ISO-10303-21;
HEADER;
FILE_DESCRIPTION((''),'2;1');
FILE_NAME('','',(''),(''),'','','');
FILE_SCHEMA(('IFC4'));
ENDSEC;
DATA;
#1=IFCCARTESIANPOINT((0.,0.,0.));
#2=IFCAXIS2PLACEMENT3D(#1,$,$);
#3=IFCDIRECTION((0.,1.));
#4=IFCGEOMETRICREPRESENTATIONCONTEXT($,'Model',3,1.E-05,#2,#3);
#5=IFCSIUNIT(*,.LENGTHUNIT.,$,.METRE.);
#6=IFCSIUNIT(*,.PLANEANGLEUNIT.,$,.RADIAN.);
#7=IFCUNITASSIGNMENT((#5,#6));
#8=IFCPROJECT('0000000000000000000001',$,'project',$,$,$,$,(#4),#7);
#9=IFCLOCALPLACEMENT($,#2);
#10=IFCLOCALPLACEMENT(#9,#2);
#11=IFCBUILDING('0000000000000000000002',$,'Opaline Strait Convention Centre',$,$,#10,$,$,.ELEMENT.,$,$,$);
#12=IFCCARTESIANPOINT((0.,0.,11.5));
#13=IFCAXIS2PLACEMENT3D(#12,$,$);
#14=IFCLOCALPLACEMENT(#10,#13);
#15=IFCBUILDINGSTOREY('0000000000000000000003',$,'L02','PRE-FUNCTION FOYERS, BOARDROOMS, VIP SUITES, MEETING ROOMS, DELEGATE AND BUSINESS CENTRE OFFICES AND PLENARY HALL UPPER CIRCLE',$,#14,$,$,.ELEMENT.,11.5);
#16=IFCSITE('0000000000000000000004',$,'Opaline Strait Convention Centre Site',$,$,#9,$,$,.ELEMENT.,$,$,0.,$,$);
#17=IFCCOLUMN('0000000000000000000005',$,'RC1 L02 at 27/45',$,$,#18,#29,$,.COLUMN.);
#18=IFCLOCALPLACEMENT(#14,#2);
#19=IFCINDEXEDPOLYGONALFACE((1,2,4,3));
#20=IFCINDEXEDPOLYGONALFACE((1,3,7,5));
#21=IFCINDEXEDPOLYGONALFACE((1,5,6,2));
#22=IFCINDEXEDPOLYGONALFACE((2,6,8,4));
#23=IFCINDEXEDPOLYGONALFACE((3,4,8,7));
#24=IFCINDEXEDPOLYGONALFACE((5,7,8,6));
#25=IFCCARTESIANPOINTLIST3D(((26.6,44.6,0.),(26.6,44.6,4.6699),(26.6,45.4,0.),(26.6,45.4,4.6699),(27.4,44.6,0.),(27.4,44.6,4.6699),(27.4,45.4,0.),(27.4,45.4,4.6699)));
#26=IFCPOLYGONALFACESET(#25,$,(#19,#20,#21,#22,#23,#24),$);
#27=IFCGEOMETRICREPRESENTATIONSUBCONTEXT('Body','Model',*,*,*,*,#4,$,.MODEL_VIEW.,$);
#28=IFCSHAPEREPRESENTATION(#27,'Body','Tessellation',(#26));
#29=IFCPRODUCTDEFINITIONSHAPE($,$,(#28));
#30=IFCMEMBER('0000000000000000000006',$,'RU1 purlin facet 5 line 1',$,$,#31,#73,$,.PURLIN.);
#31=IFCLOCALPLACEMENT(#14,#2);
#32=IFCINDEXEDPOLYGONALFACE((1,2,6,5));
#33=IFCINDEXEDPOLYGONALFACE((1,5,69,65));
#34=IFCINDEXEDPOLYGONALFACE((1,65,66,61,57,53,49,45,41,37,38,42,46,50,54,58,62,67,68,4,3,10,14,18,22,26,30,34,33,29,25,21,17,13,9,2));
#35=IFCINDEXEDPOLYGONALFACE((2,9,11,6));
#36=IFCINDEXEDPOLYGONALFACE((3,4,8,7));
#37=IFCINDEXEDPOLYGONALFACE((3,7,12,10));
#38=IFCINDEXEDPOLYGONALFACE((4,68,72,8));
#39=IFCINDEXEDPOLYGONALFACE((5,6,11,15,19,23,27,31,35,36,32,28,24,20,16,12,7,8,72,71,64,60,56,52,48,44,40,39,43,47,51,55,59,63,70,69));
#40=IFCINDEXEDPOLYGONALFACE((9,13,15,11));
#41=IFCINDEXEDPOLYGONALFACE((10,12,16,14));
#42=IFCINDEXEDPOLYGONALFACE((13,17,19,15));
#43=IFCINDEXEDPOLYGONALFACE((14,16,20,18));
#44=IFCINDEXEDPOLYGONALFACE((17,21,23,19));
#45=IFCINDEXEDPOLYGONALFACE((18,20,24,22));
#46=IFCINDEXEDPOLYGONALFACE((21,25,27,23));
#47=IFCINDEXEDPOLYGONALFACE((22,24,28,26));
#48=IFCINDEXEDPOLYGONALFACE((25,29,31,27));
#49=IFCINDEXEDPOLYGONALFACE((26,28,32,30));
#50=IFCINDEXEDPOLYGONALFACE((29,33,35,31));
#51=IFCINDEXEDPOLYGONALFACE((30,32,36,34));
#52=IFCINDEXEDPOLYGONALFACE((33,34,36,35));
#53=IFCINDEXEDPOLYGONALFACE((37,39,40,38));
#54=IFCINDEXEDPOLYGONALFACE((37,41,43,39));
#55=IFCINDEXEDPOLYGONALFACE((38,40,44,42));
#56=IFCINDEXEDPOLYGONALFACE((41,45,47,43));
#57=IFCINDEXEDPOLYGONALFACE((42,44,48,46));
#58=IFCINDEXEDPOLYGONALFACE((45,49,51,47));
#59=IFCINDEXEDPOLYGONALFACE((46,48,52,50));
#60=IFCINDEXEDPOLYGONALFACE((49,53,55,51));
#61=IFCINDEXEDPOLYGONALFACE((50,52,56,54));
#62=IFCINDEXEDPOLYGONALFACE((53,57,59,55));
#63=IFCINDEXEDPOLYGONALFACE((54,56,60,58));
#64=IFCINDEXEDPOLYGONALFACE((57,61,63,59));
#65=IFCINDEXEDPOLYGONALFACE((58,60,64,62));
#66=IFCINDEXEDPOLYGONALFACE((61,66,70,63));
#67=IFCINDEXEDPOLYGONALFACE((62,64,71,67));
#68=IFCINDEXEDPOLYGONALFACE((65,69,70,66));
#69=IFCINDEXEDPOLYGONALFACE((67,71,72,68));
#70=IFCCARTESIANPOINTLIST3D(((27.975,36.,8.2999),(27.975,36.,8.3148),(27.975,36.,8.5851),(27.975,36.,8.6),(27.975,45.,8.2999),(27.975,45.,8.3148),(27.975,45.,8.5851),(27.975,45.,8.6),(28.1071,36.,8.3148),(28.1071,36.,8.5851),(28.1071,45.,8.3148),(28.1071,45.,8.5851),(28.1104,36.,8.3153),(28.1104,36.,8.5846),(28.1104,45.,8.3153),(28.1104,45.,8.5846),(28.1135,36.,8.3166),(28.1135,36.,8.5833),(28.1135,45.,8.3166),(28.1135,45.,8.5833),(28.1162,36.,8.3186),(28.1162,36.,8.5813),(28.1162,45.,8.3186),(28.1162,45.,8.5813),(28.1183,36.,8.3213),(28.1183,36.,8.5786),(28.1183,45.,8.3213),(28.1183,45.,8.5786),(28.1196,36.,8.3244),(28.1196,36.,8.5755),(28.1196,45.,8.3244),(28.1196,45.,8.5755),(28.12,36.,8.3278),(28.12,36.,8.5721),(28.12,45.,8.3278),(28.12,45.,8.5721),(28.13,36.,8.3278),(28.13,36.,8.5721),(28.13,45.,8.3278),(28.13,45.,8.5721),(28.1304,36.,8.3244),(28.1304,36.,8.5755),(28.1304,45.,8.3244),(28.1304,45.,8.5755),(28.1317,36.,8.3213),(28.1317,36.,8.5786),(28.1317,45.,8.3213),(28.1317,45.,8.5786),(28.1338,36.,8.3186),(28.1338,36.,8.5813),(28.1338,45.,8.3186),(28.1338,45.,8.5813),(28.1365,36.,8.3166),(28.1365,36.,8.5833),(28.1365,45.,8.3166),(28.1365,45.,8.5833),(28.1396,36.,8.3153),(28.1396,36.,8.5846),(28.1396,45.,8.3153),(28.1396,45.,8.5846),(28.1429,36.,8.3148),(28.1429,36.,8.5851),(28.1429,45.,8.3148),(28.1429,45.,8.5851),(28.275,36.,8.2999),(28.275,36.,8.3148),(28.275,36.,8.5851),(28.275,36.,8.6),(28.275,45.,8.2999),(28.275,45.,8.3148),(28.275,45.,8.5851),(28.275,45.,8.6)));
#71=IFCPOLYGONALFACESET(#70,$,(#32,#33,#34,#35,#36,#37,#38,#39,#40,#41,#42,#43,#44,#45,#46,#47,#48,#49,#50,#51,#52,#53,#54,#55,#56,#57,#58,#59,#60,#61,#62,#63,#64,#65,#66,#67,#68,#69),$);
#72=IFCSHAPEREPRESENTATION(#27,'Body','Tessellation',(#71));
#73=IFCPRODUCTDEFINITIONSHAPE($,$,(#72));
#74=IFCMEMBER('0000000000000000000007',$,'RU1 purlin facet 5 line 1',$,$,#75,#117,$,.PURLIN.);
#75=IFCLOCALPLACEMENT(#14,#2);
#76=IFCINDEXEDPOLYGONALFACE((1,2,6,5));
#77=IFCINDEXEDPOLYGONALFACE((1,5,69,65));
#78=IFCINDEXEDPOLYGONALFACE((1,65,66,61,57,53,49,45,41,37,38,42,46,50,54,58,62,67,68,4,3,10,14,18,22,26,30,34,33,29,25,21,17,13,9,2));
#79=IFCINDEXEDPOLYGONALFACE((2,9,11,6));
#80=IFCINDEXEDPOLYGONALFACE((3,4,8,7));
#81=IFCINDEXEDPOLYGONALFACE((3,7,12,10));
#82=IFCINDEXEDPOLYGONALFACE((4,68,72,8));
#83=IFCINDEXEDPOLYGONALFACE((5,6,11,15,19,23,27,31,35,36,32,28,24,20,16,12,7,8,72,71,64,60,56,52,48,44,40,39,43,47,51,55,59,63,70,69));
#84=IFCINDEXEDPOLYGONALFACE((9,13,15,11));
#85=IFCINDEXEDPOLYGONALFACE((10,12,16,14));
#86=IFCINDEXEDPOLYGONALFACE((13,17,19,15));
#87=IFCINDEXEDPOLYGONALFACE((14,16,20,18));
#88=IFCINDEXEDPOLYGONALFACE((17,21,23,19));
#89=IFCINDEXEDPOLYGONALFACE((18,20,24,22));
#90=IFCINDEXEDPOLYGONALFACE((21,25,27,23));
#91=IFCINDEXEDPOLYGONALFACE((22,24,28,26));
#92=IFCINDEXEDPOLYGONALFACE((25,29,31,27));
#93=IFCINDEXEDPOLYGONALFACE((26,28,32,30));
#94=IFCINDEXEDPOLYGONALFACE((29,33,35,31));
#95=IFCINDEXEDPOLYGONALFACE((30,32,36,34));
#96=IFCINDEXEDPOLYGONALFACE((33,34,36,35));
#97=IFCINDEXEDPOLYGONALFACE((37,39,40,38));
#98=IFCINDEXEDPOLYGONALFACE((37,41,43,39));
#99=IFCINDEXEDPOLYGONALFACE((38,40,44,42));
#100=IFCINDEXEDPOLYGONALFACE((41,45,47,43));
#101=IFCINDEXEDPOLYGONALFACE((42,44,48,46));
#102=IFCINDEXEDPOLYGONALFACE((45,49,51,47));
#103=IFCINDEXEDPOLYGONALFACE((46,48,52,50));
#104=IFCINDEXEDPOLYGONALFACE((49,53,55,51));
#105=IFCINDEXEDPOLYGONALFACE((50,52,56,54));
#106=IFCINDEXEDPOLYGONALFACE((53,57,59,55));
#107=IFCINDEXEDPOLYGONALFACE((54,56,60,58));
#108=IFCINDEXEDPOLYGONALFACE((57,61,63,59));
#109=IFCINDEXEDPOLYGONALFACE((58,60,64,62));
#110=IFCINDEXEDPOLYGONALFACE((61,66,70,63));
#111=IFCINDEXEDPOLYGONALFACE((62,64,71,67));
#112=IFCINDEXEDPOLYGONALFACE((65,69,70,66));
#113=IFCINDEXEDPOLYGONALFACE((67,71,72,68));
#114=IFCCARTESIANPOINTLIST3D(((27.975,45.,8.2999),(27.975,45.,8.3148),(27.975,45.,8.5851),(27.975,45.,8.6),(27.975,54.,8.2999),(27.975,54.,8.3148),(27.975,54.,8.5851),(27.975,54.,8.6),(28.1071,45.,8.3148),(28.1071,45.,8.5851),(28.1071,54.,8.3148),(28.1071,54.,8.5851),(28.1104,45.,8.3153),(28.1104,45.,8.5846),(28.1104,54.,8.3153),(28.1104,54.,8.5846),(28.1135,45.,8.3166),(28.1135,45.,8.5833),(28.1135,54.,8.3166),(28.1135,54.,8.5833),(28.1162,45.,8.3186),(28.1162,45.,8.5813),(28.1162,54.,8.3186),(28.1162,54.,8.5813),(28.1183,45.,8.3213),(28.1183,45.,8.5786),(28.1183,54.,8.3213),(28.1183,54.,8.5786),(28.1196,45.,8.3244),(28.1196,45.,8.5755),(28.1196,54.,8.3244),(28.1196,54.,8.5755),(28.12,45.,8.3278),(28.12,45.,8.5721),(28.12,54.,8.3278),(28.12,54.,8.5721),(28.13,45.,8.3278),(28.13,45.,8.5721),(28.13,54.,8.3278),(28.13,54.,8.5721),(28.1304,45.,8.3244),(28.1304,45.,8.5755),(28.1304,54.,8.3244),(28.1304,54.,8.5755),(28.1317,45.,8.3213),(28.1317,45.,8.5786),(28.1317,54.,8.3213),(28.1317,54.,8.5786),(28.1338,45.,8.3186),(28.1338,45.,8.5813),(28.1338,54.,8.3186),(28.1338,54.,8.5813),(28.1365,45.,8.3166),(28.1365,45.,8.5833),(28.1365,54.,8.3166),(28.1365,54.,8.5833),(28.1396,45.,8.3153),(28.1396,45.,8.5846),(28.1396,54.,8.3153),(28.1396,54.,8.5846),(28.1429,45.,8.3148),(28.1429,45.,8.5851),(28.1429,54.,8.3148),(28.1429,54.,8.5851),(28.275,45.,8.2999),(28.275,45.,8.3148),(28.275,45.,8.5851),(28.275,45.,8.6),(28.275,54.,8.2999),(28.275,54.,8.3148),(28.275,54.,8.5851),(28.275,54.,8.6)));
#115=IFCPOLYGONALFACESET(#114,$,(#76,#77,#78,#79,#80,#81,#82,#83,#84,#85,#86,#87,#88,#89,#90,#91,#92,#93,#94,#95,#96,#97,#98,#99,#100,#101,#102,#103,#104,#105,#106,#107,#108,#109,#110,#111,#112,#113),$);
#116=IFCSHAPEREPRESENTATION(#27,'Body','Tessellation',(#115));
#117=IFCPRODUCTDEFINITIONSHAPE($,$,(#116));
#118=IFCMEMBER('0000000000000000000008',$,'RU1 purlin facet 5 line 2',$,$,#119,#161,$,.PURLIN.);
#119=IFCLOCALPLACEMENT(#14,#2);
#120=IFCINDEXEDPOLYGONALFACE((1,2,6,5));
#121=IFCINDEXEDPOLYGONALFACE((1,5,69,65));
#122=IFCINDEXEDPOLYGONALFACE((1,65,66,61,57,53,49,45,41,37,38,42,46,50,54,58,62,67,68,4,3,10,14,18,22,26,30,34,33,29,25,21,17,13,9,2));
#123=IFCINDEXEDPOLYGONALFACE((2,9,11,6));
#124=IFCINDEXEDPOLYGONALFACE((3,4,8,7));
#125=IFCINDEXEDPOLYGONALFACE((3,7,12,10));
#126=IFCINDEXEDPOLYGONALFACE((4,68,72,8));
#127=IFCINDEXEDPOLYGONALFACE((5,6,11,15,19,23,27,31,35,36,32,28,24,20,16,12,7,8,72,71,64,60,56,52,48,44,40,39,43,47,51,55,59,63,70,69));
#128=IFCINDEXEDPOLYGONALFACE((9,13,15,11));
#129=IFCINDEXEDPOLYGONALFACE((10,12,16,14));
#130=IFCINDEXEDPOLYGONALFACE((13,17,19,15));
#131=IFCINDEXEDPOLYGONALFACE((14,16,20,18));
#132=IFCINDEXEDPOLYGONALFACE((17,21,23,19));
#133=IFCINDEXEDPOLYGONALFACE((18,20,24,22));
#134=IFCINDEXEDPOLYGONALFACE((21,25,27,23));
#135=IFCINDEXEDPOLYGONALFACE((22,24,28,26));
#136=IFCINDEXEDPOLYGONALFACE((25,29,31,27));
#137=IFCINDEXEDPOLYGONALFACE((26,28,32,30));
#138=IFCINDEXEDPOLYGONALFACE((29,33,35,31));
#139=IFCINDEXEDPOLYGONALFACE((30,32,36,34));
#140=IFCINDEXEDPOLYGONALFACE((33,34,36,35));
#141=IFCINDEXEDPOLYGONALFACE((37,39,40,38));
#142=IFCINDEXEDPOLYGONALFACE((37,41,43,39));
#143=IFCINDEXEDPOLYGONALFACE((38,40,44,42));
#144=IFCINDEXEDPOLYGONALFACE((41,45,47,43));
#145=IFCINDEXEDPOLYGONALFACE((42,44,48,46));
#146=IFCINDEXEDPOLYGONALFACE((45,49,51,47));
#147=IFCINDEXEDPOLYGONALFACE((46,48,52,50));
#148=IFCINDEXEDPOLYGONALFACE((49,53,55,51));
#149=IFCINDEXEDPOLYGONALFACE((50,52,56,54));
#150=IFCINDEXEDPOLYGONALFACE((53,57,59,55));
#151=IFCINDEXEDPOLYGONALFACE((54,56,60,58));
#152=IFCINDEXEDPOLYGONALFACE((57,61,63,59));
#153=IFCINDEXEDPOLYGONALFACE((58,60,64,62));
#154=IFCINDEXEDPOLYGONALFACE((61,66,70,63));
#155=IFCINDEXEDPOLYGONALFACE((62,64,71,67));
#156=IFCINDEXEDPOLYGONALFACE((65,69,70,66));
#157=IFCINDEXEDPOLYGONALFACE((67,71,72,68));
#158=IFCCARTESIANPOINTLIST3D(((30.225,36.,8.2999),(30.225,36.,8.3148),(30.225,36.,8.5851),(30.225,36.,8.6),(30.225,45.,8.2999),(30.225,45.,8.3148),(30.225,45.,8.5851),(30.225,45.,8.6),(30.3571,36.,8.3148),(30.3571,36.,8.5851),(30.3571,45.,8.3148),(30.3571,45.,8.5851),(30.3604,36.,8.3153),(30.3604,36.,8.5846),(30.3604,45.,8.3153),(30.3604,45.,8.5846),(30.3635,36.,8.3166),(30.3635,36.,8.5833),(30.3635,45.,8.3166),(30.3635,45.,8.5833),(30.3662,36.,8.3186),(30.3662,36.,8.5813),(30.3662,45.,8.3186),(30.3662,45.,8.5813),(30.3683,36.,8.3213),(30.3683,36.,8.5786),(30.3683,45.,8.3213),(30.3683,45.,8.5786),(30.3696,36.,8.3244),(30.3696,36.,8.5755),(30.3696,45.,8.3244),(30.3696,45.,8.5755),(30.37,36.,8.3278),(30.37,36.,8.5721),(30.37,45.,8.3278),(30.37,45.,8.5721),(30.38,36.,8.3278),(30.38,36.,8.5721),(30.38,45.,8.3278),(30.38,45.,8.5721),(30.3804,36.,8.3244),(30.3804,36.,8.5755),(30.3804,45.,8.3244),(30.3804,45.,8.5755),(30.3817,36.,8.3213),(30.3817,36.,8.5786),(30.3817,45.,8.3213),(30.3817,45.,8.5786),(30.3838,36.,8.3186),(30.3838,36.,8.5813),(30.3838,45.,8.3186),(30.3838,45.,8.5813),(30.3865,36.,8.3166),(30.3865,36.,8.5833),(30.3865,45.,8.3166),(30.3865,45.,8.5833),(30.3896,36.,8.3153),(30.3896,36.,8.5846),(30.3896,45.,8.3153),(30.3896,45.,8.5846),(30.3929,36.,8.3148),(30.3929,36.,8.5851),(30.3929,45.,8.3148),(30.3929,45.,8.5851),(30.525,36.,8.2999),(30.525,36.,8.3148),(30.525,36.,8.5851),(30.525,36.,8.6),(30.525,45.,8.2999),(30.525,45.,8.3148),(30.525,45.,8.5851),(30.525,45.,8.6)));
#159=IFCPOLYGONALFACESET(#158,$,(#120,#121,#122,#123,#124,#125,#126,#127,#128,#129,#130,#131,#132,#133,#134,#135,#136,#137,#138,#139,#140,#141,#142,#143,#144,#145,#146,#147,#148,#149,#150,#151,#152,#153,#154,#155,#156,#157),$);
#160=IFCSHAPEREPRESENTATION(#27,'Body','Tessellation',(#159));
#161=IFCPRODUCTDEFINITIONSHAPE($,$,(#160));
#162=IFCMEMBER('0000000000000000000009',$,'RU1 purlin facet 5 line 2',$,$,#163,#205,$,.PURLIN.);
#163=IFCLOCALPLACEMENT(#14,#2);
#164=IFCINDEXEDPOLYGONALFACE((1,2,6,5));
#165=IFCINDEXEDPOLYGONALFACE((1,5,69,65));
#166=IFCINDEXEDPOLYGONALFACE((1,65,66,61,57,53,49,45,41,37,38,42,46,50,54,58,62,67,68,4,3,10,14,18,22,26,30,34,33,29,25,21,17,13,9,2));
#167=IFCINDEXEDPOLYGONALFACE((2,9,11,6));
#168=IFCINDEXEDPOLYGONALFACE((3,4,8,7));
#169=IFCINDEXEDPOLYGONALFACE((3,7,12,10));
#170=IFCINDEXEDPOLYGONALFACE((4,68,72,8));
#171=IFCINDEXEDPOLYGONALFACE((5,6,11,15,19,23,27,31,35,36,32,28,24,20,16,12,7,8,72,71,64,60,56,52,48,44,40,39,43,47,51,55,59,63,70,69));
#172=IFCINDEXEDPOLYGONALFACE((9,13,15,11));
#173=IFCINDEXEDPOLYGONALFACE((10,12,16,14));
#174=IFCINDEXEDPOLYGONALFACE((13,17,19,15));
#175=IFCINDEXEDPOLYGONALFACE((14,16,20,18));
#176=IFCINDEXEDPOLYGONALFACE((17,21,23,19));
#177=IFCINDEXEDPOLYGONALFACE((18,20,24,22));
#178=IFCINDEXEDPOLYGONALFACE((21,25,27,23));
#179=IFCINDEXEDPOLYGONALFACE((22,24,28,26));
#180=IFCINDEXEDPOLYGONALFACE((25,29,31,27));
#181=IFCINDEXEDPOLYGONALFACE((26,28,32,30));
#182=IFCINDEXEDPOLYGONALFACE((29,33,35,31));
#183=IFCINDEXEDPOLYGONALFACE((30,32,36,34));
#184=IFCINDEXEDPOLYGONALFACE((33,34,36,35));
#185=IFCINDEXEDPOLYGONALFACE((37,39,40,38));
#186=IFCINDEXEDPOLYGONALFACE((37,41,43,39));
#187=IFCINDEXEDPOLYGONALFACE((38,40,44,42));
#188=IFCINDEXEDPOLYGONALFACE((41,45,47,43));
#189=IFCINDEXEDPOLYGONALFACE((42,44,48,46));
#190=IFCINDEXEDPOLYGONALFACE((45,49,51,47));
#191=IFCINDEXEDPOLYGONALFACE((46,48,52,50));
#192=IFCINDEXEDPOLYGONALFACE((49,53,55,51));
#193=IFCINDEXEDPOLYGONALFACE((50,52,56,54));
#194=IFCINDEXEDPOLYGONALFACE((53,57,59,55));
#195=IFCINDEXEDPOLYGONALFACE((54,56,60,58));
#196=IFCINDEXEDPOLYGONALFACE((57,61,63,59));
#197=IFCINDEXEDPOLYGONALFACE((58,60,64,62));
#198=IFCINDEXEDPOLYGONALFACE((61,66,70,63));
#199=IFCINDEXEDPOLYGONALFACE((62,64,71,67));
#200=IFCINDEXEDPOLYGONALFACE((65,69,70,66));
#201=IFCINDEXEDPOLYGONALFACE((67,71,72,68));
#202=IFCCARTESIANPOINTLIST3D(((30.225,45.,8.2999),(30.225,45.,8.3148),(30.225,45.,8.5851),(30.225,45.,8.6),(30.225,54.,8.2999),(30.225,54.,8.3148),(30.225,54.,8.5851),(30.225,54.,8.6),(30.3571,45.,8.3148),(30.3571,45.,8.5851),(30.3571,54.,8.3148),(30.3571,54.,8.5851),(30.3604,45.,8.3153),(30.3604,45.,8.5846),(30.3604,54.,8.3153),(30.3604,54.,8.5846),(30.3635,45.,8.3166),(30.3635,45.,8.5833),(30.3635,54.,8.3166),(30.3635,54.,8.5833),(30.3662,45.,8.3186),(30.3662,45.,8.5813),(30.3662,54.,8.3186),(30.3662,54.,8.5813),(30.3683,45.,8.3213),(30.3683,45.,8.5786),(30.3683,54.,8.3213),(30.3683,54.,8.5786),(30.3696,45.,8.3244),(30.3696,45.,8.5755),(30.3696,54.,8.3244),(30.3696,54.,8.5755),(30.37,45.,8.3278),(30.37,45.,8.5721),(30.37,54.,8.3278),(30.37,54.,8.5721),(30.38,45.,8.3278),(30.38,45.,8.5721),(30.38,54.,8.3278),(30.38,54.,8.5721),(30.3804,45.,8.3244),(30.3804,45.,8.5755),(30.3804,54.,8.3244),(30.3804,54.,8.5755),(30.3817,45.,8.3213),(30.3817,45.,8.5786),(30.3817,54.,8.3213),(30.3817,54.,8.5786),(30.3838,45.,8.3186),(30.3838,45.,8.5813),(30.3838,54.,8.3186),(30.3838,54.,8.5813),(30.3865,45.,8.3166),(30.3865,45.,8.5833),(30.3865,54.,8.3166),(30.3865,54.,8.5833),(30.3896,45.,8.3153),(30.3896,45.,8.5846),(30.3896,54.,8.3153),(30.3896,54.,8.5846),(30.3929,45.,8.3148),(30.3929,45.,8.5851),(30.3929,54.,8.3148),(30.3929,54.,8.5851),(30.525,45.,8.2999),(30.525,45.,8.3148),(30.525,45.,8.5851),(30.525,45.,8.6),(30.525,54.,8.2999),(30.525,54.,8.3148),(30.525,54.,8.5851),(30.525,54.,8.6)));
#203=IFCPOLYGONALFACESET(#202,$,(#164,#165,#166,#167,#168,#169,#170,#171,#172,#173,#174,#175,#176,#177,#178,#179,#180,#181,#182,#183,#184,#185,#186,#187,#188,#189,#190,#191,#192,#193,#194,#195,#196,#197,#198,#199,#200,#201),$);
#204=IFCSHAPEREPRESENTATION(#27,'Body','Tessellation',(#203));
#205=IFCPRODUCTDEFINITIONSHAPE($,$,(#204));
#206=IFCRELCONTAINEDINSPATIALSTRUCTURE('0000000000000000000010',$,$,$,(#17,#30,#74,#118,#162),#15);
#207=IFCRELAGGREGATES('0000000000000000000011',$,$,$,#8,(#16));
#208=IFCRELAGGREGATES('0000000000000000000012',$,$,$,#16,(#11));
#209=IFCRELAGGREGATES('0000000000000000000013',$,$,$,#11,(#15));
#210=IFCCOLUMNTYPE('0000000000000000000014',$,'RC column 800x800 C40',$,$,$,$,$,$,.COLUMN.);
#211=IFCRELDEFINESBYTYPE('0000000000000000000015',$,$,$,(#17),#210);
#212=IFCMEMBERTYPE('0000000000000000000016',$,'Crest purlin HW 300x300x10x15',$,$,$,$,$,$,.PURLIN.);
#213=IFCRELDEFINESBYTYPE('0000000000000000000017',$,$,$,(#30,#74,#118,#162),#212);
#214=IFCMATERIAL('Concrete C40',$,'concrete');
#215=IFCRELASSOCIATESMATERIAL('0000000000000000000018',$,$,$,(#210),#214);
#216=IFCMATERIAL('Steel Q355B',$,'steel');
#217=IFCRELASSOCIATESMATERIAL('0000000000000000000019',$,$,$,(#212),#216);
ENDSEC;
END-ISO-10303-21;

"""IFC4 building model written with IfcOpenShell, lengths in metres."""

from ifc_helpers import new_model, si_unit, direction, frame, origin, origin_2d, place, context, subcontext, project, spatial, rectangle, i_section, extrude, material, material_profile, profile_set, type_object, element, save


model = new_model("IFC4")

# Units and contexts
model_context = context("Model", 3, precision=1e-05, world=origin(), true_north=direction((0.0, 1.0)))
body_context = subcontext(model_context, "Body", "Model", "MODEL_VIEW")
ifc_project = project(units=[si_unit("LENGTHUNIT", "METRE"), si_unit("PLANEANGLEUNIT", "RADIAN")], contexts=[model_context])

# Site, building, storey
site_placement = place(None, origin())
site = spatial("IfcSite", under=ifc_project, at=site_placement, Name="Opaline Strait Convention Centre Site", CompositionType="ELEMENT", RefElevation=0.0)
building_placement = place(site_placement, origin())
building = spatial("IfcBuilding", under=site, at=building_placement, Name="Opaline Strait Convention Centre", CompositionType="ELEMENT")
storey_placement = place(building_placement, frame((0.0, 0.0, 11.5)))
storey = spatial("IfcBuildingStorey", under=building, at=storey_placement, Name="L02", Description="PRE-FUNCTION FOYERS, BOARDROOMS, VIP SUITES, MEETING ROOMS, DELEGATE AND BUSINESS CENTRE OFFICES AND PLENARY HALL UPPER CIRCLE", CompositionType="ELEMENT", Elevation=11.5)

# Column
ifc_material_1 = material(Name="Concrete C40", Category="concrete")
ifc_material_profile_1 = material_profile(ifc_material_1, rectangle(XDim=0.8, YDim=0.8, at=origin_2d()), Name="RC 800x800")
ifc_profile_set_1 = profile_set([ifc_material_profile_1], Name="Concrete C40")
column_type = type_object("IfcColumnType", Name="RC column 800x800 C40", PredefinedType="COLUMN", material=ifc_profile_set_1)
column_placement = place(storey_placement, frame((27.0, 45.0, 0.0), z_axis=(0.0, 0.0, 1.0), x_axis=(1.0, 0.0, 0.0)))
element("IfcColumn", 1, at=column_placement, inside=storey, type_object=column_type, Name="RC1 L02 at 27/45", PredefinedType="COLUMN", context=body_context, shape_type="SweptSolid", body=[
    extrude(rectangle(XDim=0.8, YDim=0.8, at=origin_2d()), origin(), (0.0, 0.0, 1.0), 4.6699),
])

# Members
ifc_material_2 = material(Name="Steel Q355B", Category="steel")
ifc_material_profile_2 = material_profile(ifc_material_2, i_section(OverallWidth=0.3, OverallDepth=0.3, WebThickness=0.01, FlangeThickness=0.0149, FilletRadius=0.0129, at=origin_2d()), Name="HW 300x300x10x15")
ifc_profile_set_2 = profile_set([ifc_material_profile_2], Name="Steel Q355B")
member_type_1 = type_object("IfcMemberType", Name="Crest purlin HW 300x300x10x15", PredefinedType="PURLIN", material=ifc_profile_set_2)
for number, where, z_axis, x_axis, name in (
    (2, (28.125, 36.0, 8.45), (0.0, 1.0, 0.0), (-1.0, 0.0, 0.0), "RU1 purlin facet 5 line 1"),
    (3, (28.125, 45.0, 8.45), (0.0, 1.0, 0.0), (-1.0, 0.0, 0.0), "RU1 purlin facet 5 line 1"),
    (4, (30.375, 36.0, 8.45), (0.0, 1.0, 0.0), (-1.0, 0.0, 0.0), "RU1 purlin facet 5 line 2"),
    (5, (30.375, 45.0, 8.45), (0.0, 1.0, 0.0), (-1.0, 0.0, 0.0), "RU1 purlin facet 5 line 2"),
):
    element("IfcMember", number, at=place(storey_placement, frame(where, z_axis=z_axis, x_axis=x_axis)), inside=storey, type_object=member_type_1, Name=name, PredefinedType="PURLIN", context=body_context, shape_type="SweptSolid", body=[
        extrude(i_section(OverallWidth=0.3, OverallDepth=0.3, WebThickness=0.01, FlangeThickness=0.0149, FilletRadius=0.0129, at=origin_2d()), origin(), (0.0, 0.0, 1.0), 9.0),
    ])

save(model, "model.ifc")
